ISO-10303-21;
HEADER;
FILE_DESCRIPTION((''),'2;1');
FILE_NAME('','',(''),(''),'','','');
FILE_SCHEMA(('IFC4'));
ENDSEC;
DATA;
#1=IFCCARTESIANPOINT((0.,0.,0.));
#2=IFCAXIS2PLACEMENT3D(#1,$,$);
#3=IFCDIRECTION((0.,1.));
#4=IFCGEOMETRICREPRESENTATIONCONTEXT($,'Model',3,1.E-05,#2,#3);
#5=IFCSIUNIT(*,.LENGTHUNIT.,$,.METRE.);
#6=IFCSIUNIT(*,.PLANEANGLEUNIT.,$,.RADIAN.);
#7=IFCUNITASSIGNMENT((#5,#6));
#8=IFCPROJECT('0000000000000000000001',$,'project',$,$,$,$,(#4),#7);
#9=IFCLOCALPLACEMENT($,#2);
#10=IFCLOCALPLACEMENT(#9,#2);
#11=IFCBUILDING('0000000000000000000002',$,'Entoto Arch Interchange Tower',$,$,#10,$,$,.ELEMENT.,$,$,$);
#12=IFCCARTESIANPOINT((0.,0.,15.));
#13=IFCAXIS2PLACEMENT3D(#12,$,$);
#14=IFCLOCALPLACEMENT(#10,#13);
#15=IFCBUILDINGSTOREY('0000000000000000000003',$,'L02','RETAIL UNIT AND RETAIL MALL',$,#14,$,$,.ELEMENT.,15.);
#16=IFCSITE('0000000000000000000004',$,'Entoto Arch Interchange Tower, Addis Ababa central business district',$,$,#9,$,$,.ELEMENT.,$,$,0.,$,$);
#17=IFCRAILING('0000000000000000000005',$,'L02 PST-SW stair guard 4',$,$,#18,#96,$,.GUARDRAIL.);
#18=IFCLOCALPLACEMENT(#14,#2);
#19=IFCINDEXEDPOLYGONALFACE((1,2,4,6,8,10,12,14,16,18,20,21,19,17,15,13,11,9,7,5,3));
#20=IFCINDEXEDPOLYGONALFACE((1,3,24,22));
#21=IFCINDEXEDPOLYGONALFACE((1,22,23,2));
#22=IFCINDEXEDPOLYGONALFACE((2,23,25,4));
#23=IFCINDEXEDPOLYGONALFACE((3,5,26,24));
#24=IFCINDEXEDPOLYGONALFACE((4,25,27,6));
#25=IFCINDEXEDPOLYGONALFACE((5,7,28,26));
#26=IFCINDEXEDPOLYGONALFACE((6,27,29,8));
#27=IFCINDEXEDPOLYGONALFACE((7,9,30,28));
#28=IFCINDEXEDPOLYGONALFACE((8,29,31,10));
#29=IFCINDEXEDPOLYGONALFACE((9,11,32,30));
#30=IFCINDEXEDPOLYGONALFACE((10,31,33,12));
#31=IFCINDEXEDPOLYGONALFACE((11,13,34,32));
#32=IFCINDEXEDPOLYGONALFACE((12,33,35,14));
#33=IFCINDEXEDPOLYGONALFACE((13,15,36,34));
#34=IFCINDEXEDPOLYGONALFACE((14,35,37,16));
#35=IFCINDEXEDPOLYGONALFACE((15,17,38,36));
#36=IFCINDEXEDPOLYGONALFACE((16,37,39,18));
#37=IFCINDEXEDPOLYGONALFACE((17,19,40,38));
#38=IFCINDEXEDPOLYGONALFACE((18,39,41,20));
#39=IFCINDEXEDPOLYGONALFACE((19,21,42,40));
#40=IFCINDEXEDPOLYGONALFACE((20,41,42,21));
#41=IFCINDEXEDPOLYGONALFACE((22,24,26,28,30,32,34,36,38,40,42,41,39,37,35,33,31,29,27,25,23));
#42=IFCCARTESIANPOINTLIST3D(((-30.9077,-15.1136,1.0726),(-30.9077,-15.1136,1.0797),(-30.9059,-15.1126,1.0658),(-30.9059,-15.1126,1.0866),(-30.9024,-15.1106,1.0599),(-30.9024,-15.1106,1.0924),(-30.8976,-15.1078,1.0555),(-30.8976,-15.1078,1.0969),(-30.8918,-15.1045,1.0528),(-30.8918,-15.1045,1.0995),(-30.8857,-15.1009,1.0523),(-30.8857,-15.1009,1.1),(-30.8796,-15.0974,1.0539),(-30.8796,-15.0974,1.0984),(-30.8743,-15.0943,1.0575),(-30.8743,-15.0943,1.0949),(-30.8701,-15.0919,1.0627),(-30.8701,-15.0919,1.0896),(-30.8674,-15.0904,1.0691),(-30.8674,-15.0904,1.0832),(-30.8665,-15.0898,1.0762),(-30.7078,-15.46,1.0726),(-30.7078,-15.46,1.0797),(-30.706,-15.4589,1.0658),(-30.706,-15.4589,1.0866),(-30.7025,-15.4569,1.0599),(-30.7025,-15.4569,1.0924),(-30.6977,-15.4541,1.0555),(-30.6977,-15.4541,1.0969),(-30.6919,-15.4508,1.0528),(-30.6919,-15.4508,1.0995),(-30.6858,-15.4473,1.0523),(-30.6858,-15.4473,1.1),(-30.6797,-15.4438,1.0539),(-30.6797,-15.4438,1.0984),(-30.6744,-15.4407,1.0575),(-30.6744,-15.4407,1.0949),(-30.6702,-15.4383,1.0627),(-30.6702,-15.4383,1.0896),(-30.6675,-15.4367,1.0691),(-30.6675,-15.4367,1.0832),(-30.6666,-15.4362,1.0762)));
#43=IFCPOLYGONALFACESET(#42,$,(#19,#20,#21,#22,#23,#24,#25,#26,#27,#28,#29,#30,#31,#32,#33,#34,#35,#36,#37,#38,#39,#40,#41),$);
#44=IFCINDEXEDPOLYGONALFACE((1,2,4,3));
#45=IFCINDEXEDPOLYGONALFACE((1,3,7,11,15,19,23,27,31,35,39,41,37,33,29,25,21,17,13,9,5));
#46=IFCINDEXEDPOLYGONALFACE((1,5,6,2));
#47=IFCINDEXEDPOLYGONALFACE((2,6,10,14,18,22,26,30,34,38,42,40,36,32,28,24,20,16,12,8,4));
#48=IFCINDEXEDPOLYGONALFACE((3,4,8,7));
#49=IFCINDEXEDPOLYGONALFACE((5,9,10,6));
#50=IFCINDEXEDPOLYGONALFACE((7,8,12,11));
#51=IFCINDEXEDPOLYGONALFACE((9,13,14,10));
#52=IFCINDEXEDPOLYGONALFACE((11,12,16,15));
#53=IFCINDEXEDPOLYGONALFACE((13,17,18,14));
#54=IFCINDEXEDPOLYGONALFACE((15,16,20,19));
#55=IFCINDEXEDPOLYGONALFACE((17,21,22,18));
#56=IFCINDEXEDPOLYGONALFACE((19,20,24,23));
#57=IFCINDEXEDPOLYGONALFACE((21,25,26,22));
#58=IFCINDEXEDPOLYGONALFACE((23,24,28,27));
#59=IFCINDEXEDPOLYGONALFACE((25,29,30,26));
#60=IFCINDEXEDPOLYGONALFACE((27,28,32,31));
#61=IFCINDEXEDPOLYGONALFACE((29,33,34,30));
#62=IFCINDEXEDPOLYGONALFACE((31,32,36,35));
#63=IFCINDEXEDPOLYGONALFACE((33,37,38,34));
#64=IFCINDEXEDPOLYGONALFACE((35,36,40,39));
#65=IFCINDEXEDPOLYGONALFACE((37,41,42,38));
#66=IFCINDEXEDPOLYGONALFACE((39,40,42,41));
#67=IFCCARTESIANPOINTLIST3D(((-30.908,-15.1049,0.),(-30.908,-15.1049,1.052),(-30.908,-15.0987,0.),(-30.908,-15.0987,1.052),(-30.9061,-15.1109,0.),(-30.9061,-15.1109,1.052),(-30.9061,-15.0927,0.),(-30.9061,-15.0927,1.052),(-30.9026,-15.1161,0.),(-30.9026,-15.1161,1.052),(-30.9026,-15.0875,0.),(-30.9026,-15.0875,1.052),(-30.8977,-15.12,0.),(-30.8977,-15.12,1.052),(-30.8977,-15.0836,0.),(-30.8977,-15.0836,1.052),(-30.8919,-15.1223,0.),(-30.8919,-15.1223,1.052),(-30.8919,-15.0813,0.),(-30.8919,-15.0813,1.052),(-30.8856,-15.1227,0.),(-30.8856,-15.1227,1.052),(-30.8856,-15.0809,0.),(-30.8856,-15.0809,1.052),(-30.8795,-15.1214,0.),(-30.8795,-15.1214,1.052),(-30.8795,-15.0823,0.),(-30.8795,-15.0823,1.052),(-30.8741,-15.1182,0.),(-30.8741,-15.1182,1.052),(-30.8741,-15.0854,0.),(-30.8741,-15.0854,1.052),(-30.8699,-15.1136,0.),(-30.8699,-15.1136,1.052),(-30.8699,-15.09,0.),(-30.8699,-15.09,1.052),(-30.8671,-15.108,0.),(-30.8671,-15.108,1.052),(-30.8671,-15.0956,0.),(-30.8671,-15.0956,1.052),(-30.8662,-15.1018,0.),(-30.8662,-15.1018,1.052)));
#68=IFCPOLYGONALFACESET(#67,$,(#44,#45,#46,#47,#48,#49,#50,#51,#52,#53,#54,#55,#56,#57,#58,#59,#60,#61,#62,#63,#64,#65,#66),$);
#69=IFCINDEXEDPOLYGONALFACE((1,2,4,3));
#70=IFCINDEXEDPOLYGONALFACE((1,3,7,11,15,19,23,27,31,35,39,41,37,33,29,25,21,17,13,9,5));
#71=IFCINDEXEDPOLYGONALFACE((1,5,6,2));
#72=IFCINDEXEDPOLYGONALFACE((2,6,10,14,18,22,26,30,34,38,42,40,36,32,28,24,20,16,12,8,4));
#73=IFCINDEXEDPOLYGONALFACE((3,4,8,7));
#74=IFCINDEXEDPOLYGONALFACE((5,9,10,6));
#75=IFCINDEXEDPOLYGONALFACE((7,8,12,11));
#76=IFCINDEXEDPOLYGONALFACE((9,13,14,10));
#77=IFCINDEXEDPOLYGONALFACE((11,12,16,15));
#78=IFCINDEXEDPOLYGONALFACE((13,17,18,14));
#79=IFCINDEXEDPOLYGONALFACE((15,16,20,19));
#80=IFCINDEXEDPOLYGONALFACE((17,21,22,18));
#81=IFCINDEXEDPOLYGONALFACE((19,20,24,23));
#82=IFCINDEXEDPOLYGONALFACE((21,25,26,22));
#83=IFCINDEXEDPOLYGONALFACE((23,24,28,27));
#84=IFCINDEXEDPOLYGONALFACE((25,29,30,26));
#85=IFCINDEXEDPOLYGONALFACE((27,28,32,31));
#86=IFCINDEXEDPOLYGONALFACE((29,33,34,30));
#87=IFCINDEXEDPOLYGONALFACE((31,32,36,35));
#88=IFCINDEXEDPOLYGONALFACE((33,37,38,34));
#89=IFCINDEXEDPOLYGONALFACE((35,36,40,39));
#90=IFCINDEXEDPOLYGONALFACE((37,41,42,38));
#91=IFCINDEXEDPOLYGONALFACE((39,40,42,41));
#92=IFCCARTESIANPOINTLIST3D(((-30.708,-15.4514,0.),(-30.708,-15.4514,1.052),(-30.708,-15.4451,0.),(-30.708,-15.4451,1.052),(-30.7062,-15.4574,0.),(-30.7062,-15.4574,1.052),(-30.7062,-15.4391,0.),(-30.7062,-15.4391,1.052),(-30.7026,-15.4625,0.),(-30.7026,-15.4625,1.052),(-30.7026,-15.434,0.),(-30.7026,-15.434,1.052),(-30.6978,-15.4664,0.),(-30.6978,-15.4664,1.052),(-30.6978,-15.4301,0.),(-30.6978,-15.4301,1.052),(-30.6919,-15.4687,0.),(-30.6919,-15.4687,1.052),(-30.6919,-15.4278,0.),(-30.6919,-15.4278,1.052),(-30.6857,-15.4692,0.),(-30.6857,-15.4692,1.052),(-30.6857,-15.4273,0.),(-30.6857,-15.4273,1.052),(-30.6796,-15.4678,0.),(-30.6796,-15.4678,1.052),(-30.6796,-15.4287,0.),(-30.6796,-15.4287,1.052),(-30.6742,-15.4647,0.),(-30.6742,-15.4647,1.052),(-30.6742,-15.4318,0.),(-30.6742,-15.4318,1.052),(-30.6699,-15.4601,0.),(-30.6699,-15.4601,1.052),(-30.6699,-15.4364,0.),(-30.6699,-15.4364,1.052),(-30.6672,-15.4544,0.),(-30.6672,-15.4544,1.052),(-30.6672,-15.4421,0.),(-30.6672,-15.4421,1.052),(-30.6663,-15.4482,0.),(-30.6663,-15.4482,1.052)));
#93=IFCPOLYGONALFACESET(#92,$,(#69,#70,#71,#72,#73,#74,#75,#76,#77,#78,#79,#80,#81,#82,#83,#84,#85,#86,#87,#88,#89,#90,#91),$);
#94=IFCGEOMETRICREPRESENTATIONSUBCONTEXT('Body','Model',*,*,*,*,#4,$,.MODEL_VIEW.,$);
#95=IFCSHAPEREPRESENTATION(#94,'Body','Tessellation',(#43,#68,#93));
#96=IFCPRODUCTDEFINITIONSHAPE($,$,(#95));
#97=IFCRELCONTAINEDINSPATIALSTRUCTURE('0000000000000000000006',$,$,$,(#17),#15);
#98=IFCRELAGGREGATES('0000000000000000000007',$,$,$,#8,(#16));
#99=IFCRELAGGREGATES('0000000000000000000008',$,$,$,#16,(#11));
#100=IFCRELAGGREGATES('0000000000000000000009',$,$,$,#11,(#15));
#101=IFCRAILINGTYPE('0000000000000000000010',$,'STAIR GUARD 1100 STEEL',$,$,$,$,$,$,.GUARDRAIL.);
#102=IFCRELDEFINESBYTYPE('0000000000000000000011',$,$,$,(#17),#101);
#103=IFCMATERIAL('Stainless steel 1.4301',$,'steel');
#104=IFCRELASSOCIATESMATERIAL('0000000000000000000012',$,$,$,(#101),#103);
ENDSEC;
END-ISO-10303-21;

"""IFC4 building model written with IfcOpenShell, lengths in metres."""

from ifc_helpers import new_model, si_unit, direction, frame, origin, origin_2d, place, context, subcontext, project, spatial, circle, extrude, material, type_object, element, save


model = new_model("IFC4")

# Units and contexts
model_context = context("Model", 3, precision=1e-05, world=origin(), true_north=direction((0.0, 1.0)))
body_context = subcontext(model_context, "Body", "Model", "MODEL_VIEW")
ifc_project = project(units=[si_unit("LENGTHUNIT", "METRE"), si_unit("PLANEANGLEUNIT", "RADIAN")], contexts=[model_context])

# Site, building, storey
site_placement = place(None, origin())
site = spatial("IfcSite", under=ifc_project, at=site_placement, Name="Entoto Arch Interchange Tower, Addis Ababa central business district", CompositionType="ELEMENT", RefElevation=0.0)
building_placement = place(site_placement, origin())
building = spatial("IfcBuilding", under=site, at=building_placement, Name="Entoto Arch Interchange Tower", CompositionType="ELEMENT")
storey_placement = place(building_placement, frame((0.0, 0.0, 15.0)))
storey = spatial("IfcBuildingStorey", under=building, at=storey_placement, Name="L02", Description="RETAIL UNIT AND RETAIL MALL", CompositionType="ELEMENT", Elevation=15.0)

# Railing
ifc_material_1 = material(Name="Stainless steel 1.4301", Category="steel")
railing_type_1 = type_object("IfcRailingType", Name="STAIR GUARD 1100 STEEL", PredefinedType="GUARDRAIL", material=ifc_material_1)
railing_1_placement = place(storey_placement, frame((-30.8872, -15.1018, 0.0)))
element("IfcRailing", 1, at=railing_1_placement, inside=storey, type_object=railing_type_1, Name="L02 PST-SW stair guard 4", PredefinedType="GUARDRAIL", context=body_context, shape_type="SweptSolid", body=[
    extrude(circle(Radius=0.0239, at=origin_2d()), frame((0.0, 0.0, 1.0762), z_axis=(0.499881, -0.866094, 0.0), x_axis=(0.866094, 0.499881, 0.0)), (0.0, 0.0, 1.0), 0.3999),
    extrude(circle(Radius=0.021, at=origin_2d()), origin(), (0.0, 0.0, 1.0), 1.052),
    extrude(circle(Radius=0.021, at=origin_2d()), frame((0.2, -0.3464, 0.0)), (0.0, 0.0, 1.0), 1.052),
])

save(model, "model.ifc")
